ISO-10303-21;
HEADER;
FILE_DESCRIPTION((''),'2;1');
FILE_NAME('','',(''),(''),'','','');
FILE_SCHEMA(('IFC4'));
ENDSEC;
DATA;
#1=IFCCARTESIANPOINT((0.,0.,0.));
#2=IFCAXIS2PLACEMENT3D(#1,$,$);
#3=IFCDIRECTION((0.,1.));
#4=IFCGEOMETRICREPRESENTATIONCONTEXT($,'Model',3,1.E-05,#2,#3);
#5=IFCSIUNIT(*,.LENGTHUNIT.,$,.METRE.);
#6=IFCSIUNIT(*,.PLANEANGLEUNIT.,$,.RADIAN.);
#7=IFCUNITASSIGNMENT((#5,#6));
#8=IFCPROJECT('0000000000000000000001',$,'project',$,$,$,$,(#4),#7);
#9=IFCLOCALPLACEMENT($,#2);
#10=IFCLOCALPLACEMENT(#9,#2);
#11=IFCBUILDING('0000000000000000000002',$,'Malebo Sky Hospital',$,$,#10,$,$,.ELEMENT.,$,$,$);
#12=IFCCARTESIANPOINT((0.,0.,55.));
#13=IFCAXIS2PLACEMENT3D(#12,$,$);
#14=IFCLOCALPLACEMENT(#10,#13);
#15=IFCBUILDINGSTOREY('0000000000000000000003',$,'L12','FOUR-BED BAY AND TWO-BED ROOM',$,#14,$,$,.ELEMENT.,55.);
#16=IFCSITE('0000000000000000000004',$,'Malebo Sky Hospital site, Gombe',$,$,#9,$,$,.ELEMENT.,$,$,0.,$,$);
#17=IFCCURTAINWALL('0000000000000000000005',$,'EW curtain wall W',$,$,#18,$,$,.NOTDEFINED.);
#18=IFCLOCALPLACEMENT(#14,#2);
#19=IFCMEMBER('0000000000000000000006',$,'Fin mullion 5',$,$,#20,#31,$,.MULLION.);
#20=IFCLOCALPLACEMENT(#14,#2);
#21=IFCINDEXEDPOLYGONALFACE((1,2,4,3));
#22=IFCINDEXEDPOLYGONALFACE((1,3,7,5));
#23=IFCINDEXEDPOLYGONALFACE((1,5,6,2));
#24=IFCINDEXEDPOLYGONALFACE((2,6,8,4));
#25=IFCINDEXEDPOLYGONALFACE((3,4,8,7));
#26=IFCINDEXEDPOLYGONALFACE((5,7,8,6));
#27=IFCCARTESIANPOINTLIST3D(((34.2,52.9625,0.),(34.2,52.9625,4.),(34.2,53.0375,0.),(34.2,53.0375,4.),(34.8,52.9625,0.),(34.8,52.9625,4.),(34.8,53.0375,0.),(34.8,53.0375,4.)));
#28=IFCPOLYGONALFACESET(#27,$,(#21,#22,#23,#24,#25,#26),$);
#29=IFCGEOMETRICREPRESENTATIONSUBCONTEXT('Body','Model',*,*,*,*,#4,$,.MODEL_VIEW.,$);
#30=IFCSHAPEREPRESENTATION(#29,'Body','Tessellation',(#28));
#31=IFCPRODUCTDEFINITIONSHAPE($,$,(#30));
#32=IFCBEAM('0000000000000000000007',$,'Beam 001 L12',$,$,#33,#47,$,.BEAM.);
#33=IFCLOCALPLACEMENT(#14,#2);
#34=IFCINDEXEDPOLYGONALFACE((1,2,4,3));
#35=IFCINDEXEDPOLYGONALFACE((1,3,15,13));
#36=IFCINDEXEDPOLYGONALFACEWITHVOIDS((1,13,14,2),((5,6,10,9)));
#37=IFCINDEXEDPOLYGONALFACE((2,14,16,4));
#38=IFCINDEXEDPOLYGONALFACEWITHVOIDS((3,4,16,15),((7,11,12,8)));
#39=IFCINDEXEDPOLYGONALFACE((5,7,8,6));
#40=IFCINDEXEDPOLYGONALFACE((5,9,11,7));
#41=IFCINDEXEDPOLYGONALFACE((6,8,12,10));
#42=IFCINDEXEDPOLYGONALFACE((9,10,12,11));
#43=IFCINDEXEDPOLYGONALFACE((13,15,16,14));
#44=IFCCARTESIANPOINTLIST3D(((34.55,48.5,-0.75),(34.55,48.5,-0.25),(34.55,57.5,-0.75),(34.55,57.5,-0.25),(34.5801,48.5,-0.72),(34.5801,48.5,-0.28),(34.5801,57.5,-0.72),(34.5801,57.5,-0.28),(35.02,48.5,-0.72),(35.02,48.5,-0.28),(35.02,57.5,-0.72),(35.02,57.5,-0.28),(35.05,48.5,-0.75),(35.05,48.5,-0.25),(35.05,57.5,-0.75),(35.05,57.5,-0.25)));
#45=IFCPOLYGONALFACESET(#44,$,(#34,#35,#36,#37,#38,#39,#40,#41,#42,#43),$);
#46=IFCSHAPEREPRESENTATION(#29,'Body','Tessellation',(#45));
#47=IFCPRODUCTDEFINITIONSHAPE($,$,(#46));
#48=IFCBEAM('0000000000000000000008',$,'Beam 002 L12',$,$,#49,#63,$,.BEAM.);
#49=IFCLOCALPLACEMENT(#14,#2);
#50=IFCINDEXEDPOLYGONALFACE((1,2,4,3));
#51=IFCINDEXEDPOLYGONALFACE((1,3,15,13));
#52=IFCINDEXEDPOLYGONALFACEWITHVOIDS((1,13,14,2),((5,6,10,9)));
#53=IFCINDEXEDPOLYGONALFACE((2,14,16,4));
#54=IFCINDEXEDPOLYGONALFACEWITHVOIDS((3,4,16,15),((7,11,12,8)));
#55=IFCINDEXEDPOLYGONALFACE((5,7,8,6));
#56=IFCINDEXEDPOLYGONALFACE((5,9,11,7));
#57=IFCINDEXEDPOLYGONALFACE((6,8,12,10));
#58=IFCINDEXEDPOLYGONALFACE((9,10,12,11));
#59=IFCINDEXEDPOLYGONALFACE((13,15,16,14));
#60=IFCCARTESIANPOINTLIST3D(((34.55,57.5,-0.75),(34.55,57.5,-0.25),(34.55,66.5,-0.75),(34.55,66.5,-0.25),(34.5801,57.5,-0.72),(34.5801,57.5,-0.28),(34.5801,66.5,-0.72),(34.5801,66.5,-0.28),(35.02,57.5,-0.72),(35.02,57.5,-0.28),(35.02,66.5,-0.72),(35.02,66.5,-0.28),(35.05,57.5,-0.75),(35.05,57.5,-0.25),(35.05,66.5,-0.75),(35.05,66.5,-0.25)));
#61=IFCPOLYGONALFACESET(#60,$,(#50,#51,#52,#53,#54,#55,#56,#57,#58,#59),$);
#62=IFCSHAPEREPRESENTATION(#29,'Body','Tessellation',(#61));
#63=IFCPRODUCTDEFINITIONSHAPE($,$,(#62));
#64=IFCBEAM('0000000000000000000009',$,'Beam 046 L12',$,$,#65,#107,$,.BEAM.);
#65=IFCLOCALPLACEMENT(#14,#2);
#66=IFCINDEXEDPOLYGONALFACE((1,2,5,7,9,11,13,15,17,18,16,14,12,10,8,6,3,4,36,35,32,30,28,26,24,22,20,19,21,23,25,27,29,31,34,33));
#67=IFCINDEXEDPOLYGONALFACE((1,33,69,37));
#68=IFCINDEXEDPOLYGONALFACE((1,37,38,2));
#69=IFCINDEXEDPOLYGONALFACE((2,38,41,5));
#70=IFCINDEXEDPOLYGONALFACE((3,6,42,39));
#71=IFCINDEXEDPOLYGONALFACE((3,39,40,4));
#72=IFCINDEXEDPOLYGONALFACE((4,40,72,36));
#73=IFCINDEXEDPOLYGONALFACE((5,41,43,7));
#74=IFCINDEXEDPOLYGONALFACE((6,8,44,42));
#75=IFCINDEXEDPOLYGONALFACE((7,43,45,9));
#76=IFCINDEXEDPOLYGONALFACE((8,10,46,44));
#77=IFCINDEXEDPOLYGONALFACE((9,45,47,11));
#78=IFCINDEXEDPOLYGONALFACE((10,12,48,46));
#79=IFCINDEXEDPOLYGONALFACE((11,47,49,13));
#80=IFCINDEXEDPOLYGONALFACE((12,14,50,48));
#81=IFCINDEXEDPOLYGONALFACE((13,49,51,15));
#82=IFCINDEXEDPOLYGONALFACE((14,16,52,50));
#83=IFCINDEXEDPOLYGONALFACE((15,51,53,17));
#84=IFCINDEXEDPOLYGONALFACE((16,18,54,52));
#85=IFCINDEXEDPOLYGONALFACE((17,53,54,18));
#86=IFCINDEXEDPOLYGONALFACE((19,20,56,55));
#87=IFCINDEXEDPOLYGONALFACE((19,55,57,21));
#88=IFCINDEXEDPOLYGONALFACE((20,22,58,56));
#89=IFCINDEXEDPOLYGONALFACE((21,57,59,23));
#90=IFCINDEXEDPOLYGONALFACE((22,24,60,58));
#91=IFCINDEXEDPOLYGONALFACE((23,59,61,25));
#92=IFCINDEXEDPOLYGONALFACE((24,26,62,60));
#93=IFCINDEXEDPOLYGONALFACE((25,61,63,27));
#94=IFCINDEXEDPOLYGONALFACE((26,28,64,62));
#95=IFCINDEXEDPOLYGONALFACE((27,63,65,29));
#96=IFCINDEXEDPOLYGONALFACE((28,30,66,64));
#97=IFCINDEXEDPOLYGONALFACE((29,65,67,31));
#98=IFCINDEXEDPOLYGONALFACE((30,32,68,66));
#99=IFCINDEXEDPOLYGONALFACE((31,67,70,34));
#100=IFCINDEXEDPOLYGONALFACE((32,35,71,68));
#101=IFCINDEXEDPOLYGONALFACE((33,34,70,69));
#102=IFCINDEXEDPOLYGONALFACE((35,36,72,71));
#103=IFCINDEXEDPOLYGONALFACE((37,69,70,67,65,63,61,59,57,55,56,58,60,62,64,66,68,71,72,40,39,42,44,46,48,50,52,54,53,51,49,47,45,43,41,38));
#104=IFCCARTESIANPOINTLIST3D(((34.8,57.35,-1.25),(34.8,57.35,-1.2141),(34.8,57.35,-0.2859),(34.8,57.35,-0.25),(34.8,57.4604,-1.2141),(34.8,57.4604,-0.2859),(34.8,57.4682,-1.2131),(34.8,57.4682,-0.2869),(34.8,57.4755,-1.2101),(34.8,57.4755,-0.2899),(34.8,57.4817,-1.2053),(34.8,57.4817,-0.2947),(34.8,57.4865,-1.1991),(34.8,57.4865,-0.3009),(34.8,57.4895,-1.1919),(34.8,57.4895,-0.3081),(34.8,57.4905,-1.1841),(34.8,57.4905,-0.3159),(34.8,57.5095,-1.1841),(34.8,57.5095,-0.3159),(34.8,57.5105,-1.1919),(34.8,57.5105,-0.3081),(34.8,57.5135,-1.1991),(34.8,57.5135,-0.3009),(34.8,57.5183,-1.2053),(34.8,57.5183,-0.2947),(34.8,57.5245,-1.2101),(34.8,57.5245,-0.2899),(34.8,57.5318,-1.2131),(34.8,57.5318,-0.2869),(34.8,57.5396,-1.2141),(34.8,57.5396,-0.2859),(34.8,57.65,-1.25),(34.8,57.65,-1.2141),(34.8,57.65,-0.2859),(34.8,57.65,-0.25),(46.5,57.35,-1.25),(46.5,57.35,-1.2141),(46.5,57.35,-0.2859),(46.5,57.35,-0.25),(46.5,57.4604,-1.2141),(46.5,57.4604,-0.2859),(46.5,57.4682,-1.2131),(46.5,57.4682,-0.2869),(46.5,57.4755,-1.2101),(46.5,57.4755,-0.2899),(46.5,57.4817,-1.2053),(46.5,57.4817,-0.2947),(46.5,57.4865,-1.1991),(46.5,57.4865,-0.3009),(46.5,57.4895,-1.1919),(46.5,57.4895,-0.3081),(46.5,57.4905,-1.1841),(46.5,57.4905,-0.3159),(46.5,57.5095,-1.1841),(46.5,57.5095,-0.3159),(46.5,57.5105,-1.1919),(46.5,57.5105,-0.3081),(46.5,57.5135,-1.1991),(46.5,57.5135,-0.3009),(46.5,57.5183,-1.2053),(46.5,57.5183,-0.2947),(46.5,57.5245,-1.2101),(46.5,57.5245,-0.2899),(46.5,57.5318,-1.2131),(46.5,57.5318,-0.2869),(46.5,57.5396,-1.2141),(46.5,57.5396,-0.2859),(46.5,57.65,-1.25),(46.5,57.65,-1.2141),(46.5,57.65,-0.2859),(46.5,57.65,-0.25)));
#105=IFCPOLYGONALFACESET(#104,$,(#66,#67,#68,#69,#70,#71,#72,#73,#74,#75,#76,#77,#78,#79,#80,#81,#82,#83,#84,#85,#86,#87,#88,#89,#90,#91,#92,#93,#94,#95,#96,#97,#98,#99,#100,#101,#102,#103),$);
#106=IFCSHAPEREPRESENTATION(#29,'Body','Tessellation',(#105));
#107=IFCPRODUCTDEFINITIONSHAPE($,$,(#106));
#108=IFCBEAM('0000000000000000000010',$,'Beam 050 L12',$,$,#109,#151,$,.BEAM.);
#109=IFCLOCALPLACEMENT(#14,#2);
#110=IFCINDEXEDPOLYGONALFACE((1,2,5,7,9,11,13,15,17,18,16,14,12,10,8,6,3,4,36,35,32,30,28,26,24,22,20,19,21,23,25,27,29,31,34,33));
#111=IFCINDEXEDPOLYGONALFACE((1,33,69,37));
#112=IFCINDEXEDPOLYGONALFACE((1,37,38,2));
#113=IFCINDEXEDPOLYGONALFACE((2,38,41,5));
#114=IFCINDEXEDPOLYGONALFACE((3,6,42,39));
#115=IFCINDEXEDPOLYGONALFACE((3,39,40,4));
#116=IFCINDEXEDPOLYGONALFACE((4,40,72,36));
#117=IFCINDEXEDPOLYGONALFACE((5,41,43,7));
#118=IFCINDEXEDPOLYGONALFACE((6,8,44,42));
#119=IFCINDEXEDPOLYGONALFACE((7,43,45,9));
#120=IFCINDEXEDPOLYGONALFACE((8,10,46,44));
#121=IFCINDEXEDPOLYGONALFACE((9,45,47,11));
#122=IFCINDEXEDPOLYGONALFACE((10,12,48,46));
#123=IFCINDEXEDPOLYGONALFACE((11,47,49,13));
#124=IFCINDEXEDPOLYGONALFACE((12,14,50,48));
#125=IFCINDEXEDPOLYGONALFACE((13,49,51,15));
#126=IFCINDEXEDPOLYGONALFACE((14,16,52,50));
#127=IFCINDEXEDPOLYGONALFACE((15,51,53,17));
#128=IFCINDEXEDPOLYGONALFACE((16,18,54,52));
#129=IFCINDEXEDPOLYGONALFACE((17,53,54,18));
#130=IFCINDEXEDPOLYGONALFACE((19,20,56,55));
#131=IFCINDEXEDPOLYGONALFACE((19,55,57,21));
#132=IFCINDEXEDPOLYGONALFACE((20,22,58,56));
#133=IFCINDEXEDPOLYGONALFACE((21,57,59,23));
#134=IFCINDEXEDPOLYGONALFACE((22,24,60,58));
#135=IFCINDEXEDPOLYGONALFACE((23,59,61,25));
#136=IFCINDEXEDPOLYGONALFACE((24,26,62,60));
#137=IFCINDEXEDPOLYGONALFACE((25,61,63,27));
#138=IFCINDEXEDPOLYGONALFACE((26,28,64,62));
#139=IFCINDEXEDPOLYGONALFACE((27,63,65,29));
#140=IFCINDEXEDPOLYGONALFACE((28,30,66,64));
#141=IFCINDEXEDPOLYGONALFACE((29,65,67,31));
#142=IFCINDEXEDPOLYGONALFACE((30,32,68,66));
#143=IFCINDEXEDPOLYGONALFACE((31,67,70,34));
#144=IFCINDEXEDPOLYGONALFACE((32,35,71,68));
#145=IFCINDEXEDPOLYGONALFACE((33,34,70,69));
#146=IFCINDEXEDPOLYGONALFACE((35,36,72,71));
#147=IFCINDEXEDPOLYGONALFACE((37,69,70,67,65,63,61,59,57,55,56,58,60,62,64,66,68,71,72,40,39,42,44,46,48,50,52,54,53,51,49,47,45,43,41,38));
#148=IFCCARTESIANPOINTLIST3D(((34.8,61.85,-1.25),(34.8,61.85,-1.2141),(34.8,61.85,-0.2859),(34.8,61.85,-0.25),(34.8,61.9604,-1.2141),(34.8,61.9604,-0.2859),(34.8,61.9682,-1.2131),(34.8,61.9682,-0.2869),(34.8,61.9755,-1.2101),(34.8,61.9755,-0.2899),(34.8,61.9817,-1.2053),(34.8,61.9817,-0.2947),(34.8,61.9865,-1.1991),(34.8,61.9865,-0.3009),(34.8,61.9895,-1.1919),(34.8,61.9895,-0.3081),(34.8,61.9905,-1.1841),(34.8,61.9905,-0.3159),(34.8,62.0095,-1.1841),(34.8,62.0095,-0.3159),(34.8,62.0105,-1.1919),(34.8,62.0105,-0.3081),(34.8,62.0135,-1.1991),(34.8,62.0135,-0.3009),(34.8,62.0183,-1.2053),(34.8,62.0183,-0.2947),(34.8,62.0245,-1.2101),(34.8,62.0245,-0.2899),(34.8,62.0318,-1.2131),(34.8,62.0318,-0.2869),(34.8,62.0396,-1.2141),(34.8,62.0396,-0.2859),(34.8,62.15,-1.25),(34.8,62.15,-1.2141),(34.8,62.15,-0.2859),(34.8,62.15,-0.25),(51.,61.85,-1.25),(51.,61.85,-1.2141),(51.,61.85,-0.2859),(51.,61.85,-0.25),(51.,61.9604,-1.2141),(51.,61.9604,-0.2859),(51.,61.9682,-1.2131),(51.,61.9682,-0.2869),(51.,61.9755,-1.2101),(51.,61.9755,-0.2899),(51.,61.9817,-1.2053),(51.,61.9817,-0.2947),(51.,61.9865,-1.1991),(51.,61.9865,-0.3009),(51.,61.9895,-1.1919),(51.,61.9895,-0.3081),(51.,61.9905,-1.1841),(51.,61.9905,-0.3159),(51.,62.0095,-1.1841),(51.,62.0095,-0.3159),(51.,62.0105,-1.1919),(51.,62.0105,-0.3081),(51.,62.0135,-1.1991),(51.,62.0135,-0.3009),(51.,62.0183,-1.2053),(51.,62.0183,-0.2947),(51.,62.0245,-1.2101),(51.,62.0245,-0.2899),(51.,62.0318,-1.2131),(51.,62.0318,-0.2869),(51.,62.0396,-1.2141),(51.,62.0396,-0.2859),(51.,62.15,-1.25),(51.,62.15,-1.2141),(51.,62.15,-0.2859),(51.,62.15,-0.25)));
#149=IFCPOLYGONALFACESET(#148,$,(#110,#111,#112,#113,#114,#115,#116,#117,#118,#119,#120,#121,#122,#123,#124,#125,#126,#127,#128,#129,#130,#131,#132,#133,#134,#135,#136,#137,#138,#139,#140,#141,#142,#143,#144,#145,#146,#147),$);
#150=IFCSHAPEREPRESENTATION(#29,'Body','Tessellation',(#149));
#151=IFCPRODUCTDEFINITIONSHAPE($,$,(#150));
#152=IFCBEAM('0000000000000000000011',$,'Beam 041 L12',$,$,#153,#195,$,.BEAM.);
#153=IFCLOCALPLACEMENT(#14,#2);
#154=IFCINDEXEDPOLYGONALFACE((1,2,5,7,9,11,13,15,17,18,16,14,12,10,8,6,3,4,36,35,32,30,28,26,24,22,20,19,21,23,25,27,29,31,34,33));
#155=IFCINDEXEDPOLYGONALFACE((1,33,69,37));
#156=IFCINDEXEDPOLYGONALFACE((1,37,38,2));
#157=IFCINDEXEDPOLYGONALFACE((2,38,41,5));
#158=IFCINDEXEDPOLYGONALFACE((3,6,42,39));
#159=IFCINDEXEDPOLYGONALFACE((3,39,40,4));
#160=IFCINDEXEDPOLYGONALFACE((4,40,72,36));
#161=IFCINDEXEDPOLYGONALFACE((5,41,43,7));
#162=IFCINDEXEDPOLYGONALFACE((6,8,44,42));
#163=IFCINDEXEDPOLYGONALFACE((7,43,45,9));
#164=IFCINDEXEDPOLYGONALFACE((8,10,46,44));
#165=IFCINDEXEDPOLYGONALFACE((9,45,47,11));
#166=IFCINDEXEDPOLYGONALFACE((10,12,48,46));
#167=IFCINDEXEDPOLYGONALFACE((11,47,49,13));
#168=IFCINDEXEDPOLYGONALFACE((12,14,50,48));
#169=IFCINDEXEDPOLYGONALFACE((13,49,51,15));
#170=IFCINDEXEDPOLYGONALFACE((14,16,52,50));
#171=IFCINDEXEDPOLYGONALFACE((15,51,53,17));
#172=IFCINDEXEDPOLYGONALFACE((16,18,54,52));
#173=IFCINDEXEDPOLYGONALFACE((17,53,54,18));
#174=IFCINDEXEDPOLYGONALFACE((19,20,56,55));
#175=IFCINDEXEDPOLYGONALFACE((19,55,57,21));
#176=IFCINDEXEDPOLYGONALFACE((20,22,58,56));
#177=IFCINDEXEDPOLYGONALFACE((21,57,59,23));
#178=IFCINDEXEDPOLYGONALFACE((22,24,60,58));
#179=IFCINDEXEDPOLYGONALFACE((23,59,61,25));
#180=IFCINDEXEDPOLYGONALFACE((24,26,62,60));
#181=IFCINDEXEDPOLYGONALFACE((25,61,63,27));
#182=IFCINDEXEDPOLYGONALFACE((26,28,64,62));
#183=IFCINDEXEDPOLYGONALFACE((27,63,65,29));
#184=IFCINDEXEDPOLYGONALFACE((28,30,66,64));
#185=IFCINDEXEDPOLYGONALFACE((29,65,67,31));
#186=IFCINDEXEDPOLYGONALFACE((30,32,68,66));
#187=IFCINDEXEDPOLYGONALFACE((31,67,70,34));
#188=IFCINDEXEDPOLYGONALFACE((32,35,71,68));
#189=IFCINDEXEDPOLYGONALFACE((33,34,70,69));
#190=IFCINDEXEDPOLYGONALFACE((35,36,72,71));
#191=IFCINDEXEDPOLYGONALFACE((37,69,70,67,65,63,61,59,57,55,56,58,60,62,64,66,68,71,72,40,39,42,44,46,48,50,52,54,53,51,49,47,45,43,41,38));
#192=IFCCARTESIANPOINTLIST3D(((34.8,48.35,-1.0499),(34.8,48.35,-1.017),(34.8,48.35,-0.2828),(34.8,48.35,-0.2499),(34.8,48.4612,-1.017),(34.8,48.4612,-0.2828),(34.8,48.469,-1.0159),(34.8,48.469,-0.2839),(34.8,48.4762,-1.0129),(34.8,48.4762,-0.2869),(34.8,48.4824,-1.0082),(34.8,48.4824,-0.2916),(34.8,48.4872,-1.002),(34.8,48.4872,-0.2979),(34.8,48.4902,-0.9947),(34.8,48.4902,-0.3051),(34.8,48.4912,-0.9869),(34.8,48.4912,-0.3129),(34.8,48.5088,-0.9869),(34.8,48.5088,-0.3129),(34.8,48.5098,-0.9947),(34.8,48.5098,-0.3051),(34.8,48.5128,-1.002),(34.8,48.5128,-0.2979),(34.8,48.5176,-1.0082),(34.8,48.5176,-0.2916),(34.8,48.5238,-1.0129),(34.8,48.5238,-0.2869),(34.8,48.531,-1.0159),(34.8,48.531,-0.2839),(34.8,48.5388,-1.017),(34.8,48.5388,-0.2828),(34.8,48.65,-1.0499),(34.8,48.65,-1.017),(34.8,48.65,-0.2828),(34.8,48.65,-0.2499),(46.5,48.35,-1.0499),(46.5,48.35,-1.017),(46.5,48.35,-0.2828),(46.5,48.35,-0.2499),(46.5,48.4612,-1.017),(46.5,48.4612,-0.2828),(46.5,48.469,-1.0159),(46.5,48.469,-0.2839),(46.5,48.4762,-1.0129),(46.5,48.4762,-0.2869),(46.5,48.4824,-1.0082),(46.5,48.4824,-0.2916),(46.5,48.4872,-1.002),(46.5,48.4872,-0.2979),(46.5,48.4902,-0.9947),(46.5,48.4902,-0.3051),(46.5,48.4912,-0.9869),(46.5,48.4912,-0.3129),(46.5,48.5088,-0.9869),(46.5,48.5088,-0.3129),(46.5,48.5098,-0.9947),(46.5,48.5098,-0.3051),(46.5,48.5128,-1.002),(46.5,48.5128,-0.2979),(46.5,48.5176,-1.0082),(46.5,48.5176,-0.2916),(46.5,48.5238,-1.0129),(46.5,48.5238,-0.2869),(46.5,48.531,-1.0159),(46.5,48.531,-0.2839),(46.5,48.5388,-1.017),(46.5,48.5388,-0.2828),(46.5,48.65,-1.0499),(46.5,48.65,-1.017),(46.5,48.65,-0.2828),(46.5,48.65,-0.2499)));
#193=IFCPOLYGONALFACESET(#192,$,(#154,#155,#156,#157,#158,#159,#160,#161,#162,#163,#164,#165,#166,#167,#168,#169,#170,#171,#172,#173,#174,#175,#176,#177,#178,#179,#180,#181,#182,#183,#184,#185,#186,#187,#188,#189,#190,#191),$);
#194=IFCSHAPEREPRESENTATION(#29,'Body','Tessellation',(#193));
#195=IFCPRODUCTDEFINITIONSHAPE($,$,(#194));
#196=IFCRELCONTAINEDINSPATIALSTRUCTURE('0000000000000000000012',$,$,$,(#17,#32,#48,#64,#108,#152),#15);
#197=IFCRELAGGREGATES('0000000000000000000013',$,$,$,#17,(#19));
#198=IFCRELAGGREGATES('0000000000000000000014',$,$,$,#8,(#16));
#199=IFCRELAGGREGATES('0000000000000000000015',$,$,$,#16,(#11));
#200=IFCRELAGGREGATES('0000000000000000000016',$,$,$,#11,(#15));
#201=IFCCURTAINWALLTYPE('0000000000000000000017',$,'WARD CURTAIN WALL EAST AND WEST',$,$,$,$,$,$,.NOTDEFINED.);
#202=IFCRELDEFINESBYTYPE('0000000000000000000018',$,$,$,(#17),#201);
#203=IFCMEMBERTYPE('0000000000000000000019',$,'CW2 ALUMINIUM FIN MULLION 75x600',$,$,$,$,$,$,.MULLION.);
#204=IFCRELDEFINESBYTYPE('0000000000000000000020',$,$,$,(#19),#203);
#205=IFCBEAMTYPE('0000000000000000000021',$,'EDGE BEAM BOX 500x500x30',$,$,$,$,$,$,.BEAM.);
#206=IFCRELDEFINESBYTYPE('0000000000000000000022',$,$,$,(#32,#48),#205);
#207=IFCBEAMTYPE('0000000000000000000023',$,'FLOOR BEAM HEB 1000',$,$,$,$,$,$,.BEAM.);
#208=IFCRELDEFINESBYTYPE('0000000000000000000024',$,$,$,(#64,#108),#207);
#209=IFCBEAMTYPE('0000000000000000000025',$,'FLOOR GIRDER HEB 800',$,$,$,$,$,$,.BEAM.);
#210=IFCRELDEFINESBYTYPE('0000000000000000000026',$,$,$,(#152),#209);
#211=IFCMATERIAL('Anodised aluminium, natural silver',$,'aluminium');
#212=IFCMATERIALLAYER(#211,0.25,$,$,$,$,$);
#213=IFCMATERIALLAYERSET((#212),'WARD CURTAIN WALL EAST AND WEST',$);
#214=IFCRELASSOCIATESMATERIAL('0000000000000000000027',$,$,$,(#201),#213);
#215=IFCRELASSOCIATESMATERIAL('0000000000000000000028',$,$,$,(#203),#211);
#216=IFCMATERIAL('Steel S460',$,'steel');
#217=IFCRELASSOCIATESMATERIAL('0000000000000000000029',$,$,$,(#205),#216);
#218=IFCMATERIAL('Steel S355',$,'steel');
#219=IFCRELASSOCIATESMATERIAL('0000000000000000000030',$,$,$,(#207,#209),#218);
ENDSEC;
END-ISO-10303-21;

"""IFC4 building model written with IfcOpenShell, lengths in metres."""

from ifc_helpers import new_model, si_unit, direction, frame, origin, origin_2d, place, context, subcontext, project, spatial, rectangle, hollow_rectangle, i_section, extrude, material, layer, layer_set, material_profile, profile_set, type_object, element, aggregate, save


model = new_model("IFC4")

# Units and contexts
model_context = context("Model", 3, precision=1e-05, world=origin(), true_north=direction((0.0, 1.0)))
body_context = subcontext(model_context, "Body", "Model", "MODEL_VIEW")
ifc_project = project(units=[si_unit("LENGTHUNIT", "METRE"), si_unit("PLANEANGLEUNIT", "RADIAN")], contexts=[model_context])

# Site, building, storey
site_placement = place(None, origin())
site = spatial("IfcSite", under=ifc_project, at=site_placement, Name="Malebo Sky Hospital site, Gombe", CompositionType="ELEMENT", RefElevation=0.0)
building_placement = place(site_placement, origin())
building = spatial("IfcBuilding", under=site, at=building_placement, Name="Malebo Sky Hospital", CompositionType="ELEMENT")
storey_placement = place(building_placement, frame((0.0, 0.0, 55.0)))
storey = spatial("IfcBuildingStorey", under=building, at=storey_placement, Name="L12", Description="FOUR-BED BAY AND TWO-BED ROOM", CompositionType="ELEMENT", Elevation=55.0)

# Shared definitions
ifc_material_1 = material(Name="Steel S460", Category="steel")

# Curtain wall
ifc_material_2 = material(Name="Anodised aluminium, natural silver", Category="aluminium")
ifc_layer_1 = layer(ifc_material_2, 0.25)
ifc_layer_set_1 = layer_set([ifc_layer_1], Name="WARD CURTAIN WALL EAST AND WEST")
curtain_wall_type = type_object("IfcCurtainWallType", Name="WARD CURTAIN WALL EAST AND WEST", PredefinedType="NOTDEFINED", material=ifc_layer_set_1)
curtain_wall_placement = place(storey_placement, origin())
curtain_wall = element("IfcCurtainWall", 1, at=curtain_wall_placement, inside=storey, type_object=curtain_wall_type, Name="EW curtain wall W", PredefinedType="NOTDEFINED")

# Member
ifc_material_3 = material(Name="Steel S355", Category="steel")
ifc_material_profile_1 = material_profile(ifc_material_2, rectangle(XDim=0.075, YDim=0.6001, at=origin_2d()), Name="CW2 ALUMINIUM FIN MULLION 75x600")
ifc_profile_set_1 = profile_set([ifc_material_profile_1], Name="Anodised aluminium, natural silver")
member_type_1 = type_object("IfcMemberType", Name="CW2 ALUMINIUM FIN MULLION 75x600", PredefinedType="MULLION", material=ifc_profile_set_1)
member_1_placement = place(storey_placement, frame((34.5, 53.0, 0.0), z_axis=(0.0, 0.0, 1.0), x_axis=(0.0, 1.0, 0.0)))
member_1 = element("IfcMember", 2, at=member_1_placement, type_object=member_type_1, Name="Fin mullion 5", PredefinedType="MULLION", context=body_context, shape_type="SweptSolid", body=[
    extrude(rectangle(XDim=0.075, YDim=0.6001, at=origin_2d()), origin(), (0.0, 0.0, 1.0), 4.0),
])

# Beams
ifc_material_profile_2 = material_profile(ifc_material_1, hollow_rectangle(XDim=0.5, YDim=0.5, WallThickness=0.03, at=origin_2d()), Name="BOX 500x500x30")
ifc_profile_set_2 = profile_set([ifc_material_profile_2], Name="Steel S460")
beam_type_1 = type_object("IfcBeamType", Name="EDGE BEAM BOX 500x500x30", PredefinedType="BEAM", material=ifc_profile_set_2)
for number, where, z_axis, x_axis, name in (
    (3, (34.8, 48.5, -0.5), (0.0, 1.0, 0.0), (-1.0, 0.0, 0.0), "Beam 001 L12"),
    (4, (34.8, 57.5, -0.5), (0.0, 1.0, 0.0), (-1.0, 0.0, 0.0), "Beam 002 L12"),
):
    element("IfcBeam", number, at=place(storey_placement, frame(where, z_axis=z_axis, x_axis=x_axis)), inside=storey, type_object=beam_type_1, Name=name, PredefinedType="BEAM", context=body_context, shape_type="SweptSolid", body=[
        extrude(hollow_rectangle(XDim=0.5, YDim=0.5, WallThickness=0.03, at=origin_2d()), origin(), (0.0, 0.0, 1.0), 9.0),
    ])
ifc_material_profile_3 = material_profile(ifc_material_3, i_section(OverallWidth=0.3, OverallDepth=1.0, WebThickness=0.019, FlangeThickness=0.0359, FilletRadius=0.03, at=origin_2d()), Name="HEB 1000")
ifc_profile_set_3 = profile_set([ifc_material_profile_3], Name="Steel S355")
beam_type_2 = type_object("IfcBeamType", Name="FLOOR BEAM HEB 1000", PredefinedType="BEAM", material=ifc_profile_set_3)
beam_1_placement = place(storey_placement, frame((34.8, 57.5, -0.75), z_axis=(1.0, 0.0, 0.0), x_axis=(0.0, 1.0, 0.0)))
element("IfcBeam", 5, at=beam_1_placement, inside=storey, type_object=beam_type_2, Name="Beam 046 L12", PredefinedType="BEAM", context=body_context, shape_type="SweptSolid", body=[
    extrude(i_section(OverallWidth=0.3, OverallDepth=1.0, WebThickness=0.019, FlangeThickness=0.0359, FilletRadius=0.03, at=origin_2d()), origin(), (0.0, 0.0, 1.0), 11.7),
])
beam_2_placement = place(storey_placement, frame((34.8, 62.0, -0.75), z_axis=(1.0, 0.0, 0.0), x_axis=(0.0, 1.0, 0.0)))
element("IfcBeam", 6, at=beam_2_placement, inside=storey, type_object=beam_type_2, Name="Beam 050 L12", PredefinedType="BEAM", context=body_context, shape_type="SweptSolid", body=[
    extrude(i_section(OverallWidth=0.3, OverallDepth=1.0, WebThickness=0.019, FlangeThickness=0.0359, FilletRadius=0.03, at=origin_2d()), origin(), (0.0, 0.0, 1.0), 16.2),
])
ifc_material_profile_4 = material_profile(ifc_material_3, i_section(OverallWidth=0.3, OverallDepth=0.8, WebThickness=0.0176, FlangeThickness=0.033, FilletRadius=0.03, at=origin_2d()), Name="HEB 800")
ifc_profile_set_4 = profile_set([ifc_material_profile_4], Name="Steel S355")
beam_type_3 = type_object("IfcBeamType", Name="FLOOR GIRDER HEB 800", PredefinedType="BEAM", material=ifc_profile_set_4)
beam_3_placement = place(storey_placement, frame((34.8, 48.5, -0.6499), z_axis=(1.0, 0.0, 0.0), x_axis=(0.0, 1.0, 0.0)))
element("IfcBeam", 7, at=beam_3_placement, inside=storey, type_object=beam_type_3, Name="Beam 041 L12", PredefinedType="BEAM", context=body_context, shape_type="SweptSolid", body=[
    extrude(i_section(OverallWidth=0.3, OverallDepth=0.8, WebThickness=0.0176, FlangeThickness=0.033, FilletRadius=0.03, at=origin_2d()), origin(), (0.0, 0.0, 1.0), 11.7),
])

aggregate(curtain_wall, [member_1])

save(model, "model.ifc")
